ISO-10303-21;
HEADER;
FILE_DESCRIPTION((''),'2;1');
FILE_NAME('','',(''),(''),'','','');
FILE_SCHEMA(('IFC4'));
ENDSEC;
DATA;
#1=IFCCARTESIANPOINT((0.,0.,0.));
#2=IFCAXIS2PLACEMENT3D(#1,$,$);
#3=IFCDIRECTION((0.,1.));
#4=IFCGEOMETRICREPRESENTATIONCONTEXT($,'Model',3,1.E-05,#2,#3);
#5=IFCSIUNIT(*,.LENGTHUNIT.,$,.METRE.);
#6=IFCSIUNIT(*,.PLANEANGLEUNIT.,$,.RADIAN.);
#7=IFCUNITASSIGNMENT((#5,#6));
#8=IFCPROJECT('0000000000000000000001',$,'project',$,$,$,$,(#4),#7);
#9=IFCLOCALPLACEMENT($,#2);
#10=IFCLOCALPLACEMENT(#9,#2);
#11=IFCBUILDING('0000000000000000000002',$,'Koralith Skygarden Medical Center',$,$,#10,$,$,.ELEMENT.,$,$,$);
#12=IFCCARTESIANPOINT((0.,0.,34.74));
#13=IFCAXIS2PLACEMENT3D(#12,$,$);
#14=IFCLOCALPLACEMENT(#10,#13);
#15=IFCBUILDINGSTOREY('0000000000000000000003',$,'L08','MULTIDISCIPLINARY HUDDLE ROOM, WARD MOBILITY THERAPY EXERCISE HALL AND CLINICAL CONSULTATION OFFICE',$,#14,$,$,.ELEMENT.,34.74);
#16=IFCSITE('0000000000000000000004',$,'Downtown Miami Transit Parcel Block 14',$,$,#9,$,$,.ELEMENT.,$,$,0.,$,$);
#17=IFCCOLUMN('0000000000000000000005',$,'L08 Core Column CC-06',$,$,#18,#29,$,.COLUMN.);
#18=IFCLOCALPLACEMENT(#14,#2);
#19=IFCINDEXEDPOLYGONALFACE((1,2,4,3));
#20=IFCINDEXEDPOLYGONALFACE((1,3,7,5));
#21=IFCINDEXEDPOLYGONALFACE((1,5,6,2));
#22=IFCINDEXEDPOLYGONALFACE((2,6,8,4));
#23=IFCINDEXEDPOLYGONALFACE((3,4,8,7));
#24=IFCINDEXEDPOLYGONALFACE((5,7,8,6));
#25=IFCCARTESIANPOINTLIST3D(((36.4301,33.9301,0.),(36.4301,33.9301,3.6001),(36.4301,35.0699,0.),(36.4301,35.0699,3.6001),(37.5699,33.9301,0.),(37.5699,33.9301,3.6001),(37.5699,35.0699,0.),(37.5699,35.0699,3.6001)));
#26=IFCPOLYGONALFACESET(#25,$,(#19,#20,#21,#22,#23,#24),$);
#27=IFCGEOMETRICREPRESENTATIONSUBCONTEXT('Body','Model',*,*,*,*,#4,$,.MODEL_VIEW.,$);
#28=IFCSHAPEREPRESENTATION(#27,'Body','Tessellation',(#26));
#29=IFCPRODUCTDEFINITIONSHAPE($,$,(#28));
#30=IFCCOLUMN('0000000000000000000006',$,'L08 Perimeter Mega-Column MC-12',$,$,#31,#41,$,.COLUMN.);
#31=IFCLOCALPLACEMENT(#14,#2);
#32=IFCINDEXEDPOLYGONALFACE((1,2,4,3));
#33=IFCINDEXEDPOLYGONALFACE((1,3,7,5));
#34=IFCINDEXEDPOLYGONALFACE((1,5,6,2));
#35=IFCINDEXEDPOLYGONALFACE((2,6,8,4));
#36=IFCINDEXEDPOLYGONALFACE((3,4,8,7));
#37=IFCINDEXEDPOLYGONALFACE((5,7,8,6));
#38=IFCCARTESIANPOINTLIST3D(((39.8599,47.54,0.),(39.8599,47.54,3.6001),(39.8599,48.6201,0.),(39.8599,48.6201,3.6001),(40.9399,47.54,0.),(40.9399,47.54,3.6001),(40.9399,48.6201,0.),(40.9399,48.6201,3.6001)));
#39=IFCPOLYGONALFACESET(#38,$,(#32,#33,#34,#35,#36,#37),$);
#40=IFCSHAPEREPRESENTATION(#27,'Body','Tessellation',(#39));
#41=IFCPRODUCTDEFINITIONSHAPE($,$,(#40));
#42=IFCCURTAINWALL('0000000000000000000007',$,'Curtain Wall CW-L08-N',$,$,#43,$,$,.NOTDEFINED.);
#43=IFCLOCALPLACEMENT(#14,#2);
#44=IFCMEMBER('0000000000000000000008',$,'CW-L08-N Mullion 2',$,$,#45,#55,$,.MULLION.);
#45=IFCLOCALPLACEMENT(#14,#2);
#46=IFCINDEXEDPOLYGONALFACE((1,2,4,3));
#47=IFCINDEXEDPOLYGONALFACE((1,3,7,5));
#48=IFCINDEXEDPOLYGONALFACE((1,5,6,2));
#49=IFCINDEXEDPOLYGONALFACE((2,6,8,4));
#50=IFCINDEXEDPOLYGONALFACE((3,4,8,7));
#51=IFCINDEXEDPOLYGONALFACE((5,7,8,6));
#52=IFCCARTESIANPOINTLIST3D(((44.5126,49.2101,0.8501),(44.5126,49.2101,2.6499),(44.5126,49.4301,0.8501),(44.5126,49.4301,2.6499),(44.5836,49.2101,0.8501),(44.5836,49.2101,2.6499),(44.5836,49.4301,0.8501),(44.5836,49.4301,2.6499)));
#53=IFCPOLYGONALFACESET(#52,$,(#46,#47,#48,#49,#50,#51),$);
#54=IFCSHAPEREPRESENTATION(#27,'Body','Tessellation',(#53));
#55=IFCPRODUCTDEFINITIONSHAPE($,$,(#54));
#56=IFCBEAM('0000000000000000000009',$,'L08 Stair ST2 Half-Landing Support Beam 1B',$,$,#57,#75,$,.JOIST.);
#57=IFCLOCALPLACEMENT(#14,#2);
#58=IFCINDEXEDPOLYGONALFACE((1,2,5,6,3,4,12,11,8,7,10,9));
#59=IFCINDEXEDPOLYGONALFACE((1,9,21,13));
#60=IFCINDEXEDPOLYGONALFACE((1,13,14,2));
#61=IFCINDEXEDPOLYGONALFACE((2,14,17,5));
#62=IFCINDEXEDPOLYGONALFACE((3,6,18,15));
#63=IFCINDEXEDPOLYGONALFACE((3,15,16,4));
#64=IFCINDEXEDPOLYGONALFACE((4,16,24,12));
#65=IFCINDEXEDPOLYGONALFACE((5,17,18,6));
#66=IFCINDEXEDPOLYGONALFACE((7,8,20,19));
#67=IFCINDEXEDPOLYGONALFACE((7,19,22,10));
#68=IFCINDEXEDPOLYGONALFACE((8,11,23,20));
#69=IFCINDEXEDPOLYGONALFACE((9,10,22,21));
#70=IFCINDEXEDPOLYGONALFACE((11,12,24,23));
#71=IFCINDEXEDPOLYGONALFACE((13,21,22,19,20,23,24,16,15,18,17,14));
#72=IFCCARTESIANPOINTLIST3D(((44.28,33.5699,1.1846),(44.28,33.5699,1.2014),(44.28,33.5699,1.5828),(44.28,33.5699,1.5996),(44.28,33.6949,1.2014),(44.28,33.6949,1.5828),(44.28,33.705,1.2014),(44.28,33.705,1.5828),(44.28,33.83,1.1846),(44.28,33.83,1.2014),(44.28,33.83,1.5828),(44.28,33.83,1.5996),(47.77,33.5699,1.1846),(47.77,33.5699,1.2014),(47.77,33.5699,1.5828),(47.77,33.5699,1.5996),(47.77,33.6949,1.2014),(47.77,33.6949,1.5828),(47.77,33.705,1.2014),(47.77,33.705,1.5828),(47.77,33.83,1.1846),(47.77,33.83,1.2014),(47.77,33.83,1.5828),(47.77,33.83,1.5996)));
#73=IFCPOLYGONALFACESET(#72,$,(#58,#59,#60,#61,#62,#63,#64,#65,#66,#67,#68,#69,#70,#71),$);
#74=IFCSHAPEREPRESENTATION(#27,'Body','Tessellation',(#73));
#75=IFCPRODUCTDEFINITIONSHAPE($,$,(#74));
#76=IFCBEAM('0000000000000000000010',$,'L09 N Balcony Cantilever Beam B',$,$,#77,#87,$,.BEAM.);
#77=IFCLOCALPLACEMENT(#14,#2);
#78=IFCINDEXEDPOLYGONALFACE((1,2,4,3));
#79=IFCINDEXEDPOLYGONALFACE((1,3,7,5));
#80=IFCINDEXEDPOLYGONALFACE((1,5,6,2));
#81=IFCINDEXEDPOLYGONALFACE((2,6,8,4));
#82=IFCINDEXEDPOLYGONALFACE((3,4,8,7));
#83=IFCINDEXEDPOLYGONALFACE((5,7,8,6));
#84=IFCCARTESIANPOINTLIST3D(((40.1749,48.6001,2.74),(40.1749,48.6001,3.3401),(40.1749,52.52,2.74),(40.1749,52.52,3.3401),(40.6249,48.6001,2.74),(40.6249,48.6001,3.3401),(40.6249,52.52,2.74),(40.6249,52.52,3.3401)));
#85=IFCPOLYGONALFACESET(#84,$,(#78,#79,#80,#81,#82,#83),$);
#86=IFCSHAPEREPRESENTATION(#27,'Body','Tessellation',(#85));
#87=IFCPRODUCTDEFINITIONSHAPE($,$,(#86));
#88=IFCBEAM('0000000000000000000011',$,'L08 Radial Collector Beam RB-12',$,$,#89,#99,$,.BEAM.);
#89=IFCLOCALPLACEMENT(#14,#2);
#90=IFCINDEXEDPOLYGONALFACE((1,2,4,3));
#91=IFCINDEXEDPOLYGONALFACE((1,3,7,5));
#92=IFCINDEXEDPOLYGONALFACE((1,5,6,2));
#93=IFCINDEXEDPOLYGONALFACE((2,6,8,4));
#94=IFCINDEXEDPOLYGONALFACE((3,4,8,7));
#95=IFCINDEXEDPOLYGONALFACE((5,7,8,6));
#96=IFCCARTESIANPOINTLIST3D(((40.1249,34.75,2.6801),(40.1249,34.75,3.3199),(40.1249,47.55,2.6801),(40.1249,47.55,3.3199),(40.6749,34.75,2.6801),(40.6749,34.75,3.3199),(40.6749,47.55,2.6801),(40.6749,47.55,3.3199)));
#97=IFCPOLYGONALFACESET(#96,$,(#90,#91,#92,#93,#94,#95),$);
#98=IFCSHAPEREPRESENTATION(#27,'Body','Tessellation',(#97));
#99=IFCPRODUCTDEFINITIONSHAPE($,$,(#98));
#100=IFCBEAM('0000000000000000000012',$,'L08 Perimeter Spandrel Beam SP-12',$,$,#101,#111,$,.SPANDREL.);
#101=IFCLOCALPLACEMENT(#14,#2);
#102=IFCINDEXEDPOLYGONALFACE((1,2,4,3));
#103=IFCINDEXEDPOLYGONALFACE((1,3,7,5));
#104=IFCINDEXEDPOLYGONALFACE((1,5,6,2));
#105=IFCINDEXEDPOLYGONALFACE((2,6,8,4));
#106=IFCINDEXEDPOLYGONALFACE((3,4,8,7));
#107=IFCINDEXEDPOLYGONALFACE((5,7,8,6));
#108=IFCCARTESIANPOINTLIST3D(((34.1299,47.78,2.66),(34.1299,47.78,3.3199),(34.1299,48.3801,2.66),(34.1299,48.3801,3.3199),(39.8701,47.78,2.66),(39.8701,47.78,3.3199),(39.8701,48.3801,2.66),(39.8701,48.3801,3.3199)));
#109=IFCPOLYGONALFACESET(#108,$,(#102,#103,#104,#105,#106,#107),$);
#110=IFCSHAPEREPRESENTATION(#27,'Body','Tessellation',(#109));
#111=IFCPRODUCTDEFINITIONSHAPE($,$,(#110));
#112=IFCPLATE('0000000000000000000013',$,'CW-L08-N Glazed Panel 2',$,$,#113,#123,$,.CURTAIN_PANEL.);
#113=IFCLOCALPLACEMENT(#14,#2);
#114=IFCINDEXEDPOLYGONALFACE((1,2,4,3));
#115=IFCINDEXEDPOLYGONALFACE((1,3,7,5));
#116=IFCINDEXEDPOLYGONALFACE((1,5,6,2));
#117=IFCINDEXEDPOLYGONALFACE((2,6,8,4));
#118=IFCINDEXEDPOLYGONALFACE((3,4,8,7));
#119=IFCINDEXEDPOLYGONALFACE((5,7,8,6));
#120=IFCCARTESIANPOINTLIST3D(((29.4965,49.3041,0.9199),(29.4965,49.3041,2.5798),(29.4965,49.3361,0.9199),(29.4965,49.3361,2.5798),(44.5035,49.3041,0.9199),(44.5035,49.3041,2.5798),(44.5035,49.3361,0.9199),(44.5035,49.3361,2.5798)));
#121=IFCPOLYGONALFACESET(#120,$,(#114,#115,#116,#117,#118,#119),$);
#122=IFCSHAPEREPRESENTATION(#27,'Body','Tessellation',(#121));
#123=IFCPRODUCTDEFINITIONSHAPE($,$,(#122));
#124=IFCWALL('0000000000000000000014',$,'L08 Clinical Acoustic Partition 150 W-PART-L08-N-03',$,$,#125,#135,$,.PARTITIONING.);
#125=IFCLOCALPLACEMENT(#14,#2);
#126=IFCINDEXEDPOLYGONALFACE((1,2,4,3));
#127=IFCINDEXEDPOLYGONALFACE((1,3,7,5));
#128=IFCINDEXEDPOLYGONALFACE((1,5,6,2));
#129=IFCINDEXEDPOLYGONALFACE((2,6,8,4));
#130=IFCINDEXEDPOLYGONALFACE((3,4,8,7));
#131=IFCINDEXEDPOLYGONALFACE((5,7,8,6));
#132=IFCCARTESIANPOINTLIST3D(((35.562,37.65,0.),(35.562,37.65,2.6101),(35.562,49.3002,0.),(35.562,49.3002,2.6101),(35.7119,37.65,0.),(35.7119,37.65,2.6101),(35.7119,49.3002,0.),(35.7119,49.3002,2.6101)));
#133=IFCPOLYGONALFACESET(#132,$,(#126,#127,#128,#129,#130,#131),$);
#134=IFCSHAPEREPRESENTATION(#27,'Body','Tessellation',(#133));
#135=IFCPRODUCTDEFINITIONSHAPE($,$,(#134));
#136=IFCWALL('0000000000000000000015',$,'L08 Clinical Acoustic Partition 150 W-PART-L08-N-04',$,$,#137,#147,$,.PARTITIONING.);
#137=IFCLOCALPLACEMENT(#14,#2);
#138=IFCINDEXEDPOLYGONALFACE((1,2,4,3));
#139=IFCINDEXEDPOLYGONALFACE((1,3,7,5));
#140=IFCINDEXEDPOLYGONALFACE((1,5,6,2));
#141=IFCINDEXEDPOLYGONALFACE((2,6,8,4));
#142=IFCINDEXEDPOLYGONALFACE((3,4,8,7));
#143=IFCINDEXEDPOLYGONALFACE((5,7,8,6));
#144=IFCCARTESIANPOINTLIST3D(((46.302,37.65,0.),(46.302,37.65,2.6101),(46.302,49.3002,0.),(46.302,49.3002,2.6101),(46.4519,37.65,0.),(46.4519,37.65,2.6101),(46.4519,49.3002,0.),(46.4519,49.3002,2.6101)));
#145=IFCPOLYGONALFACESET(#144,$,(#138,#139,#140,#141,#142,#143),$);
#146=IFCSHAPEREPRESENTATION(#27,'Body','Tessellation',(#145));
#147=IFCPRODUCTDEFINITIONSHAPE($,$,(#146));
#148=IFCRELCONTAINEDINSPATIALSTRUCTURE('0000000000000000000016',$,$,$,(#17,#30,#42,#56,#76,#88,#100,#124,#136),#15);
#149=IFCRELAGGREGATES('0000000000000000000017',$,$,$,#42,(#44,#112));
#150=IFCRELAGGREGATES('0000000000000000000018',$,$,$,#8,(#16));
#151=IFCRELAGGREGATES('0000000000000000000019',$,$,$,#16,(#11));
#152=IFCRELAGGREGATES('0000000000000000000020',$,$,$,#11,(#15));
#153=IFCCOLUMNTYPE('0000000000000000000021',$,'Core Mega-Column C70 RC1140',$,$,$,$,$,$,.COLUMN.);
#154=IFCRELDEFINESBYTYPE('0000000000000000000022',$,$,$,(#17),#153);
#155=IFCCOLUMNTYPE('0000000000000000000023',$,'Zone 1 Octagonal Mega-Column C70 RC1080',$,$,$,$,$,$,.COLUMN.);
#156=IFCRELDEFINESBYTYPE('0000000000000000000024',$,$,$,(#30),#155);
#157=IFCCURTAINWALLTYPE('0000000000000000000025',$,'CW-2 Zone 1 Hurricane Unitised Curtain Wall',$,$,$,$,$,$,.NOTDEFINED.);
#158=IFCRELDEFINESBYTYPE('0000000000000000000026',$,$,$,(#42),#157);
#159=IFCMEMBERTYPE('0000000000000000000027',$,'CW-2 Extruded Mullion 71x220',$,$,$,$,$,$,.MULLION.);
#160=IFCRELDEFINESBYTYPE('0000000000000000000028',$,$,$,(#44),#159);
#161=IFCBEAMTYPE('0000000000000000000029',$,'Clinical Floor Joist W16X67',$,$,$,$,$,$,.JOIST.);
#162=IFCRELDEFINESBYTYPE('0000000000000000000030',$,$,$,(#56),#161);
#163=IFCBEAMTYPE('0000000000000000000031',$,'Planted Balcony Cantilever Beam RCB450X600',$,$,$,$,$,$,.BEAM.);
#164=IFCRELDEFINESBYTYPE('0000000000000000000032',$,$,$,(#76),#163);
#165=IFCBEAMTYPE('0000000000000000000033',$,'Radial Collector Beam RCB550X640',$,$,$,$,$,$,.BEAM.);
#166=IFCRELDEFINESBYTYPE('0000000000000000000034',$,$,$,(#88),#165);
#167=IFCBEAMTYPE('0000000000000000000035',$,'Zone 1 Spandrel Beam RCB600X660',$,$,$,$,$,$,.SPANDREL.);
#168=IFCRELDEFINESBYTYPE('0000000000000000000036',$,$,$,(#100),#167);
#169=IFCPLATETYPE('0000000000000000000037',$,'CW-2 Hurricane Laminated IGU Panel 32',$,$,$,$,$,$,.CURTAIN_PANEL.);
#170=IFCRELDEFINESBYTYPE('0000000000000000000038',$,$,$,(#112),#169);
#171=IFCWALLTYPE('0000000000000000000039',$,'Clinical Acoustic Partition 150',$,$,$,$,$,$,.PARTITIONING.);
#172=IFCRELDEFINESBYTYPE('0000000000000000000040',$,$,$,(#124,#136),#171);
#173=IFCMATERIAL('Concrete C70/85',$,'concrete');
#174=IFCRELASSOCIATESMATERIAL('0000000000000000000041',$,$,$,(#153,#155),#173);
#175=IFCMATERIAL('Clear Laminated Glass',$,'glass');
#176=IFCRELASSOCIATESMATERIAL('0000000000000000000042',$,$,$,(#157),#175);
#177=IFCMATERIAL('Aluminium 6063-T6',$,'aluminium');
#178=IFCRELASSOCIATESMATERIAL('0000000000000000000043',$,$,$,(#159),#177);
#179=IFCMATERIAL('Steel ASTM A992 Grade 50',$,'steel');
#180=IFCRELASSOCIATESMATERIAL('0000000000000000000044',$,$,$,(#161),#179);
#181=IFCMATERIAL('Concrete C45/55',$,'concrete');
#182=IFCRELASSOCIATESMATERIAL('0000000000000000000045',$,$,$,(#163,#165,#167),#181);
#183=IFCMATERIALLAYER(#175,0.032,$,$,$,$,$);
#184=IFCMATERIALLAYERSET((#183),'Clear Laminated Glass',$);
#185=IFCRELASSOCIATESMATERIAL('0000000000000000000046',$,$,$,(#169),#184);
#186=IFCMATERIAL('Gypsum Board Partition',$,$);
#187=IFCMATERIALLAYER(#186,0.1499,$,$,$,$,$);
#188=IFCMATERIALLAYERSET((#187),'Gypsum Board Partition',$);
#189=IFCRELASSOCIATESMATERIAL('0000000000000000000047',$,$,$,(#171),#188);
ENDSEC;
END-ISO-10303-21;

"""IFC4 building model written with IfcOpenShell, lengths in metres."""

from ifc_helpers import new_model, si_unit, direction, frame, frame_2d, origin, origin_2d, place, context, subcontext, project, spatial, rectangle, i_section, extrude, material, layer, layer_set, material_profile, profile_set, type_object, element, aggregate, save


model = new_model("IFC4")

# Units and contexts
model_context = context("Model", 3, precision=1e-05, world=origin(), true_north=direction((0.0, 1.0)))
body_context = subcontext(model_context, "Body", "Model", "MODEL_VIEW")
ifc_project = project(units=[si_unit("LENGTHUNIT", "METRE"), si_unit("PLANEANGLEUNIT", "RADIAN")], contexts=[model_context])

# Site, building, storey
site_placement = place(None, origin())
site = spatial("IfcSite", under=ifc_project, at=site_placement, Name="Downtown Miami Transit Parcel Block 14", CompositionType="ELEMENT", RefElevation=0.0)
building_placement = place(site_placement, origin())
building = spatial("IfcBuilding", under=site, at=building_placement, Name="Koralith Skygarden Medical Center", CompositionType="ELEMENT")
storey_placement = place(building_placement, frame((0.0, 0.0, 34.74)))
storey = spatial("IfcBuildingStorey", under=building, at=storey_placement, Name="L08", Description="MULTIDISCIPLINARY HUDDLE ROOM, WARD MOBILITY THERAPY EXERCISE HALL AND CLINICAL CONSULTATION OFFICE", CompositionType="ELEMENT", Elevation=34.74)

# Columns
ifc_material_1 = material(Name="Concrete C70/85", Category="concrete")
ifc_material_profile_1 = material_profile(ifc_material_1, rectangle(XDim=1.1399, YDim=1.1399, at=origin_2d()), Name="RC1140X1140")
ifc_profile_set_1 = profile_set([ifc_material_profile_1], Name="Concrete C70/85")
column_type_1 = type_object("IfcColumnType", Name="Core Mega-Column C70 RC1140", PredefinedType="COLUMN", material=ifc_profile_set_1)
column_1_placement = place(storey_placement, frame((37.0, 34.5, 0.0), z_axis=(0.0, 0.0, 1.0), x_axis=(1.0, 0.0, 0.0)))
element("IfcColumn", 1, at=column_1_placement, inside=storey, type_object=column_type_1, Name="L08 Core Column CC-06", PredefinedType="COLUMN", context=body_context, shape_type="SweptSolid", body=[
    extrude(rectangle(XDim=1.1399, YDim=1.1399, at=origin_2d()), origin(), (0.0, 0.0, 1.0), 3.6001),
])
ifc_material_profile_2 = material_profile(ifc_material_1, rectangle(XDim=1.0801, YDim=1.0801, at=origin_2d()), Name="RC1080X1080")
ifc_profile_set_2 = profile_set([ifc_material_profile_2], Name="Concrete C70/85")
column_type_2 = type_object("IfcColumnType", Name="Zone 1 Octagonal Mega-Column C70 RC1080", PredefinedType="COLUMN", material=ifc_profile_set_2)
column_2_placement = place(storey_placement, frame((40.3999, 48.0801, 0.0), z_axis=(0.0, 0.0, 1.0), x_axis=(1.0, 0.0, 0.0)))
element("IfcColumn", 2, at=column_2_placement, inside=storey, type_object=column_type_2, Name="L08 Perimeter Mega-Column MC-12", PredefinedType="COLUMN", context=body_context, shape_type="SweptSolid", body=[
    extrude(rectangle(XDim=1.0801, YDim=1.0801, at=origin_2d()), origin(), (0.0, 0.0, 1.0), 3.6001),
])

# Curtain wall, member
ifc_material_2 = material(Name="Clear Laminated Glass", Category="glass")
curtain_wall_type = type_object("IfcCurtainWallType", Name="CW-2 Zone 1 Hurricane Unitised Curtain Wall", PredefinedType="NOTDEFINED", material=ifc_material_2)
curtain_wall_placement = place(storey_placement, origin())
curtain_wall = element("IfcCurtainWall", 3, at=curtain_wall_placement, inside=storey, type_object=curtain_wall_type, Name="Curtain Wall CW-L08-N", PredefinedType="NOTDEFINED")
ifc_material_3 = material(Name="Aluminium 6063-T6", Category="aluminium")
ifc_material_profile_3 = material_profile(ifc_material_3, rectangle(XDim=0.071, YDim=0.22, at=origin_2d()), Name="MUL71X220")
ifc_profile_set_3 = profile_set([ifc_material_profile_3], Name="Aluminium 6063-T6")
member_type = type_object("IfcMemberType", Name="CW-2 Extruded Mullion 71x220", PredefinedType="MULLION", material=ifc_profile_set_3)
member_placement = place(storey_placement, frame((44.5481, 49.3201, 0.8501), z_axis=(0.0, 0.0, 1.0), x_axis=(1.0, 0.0, 0.0)))
member = element("IfcMember", 4, at=member_placement, type_object=member_type, Name="CW-L08-N Mullion 2", PredefinedType="MULLION", context=body_context, shape_type="SweptSolid", body=[
    extrude(rectangle(XDim=0.071, YDim=0.22, at=origin_2d()), origin(), (0.0, 0.0, 1.0), 1.7998),
])

# Beams
ifc_material_4 = material(Name="Steel ASTM A992 Grade 50", Category="steel")
ifc_material_profile_4 = material_profile(ifc_material_4, i_section(OverallWidth=0.26, OverallDepth=0.415, WebThickness=0.01, FlangeThickness=0.0168, at=origin_2d()), Name="W16X67")
ifc_profile_set_4 = profile_set([ifc_material_profile_4], Name="Steel ASTM A992 Grade 50")
beam_type_1 = type_object("IfcBeamType", Name="Clinical Floor Joist W16X67", PredefinedType="JOIST", material=ifc_profile_set_4)
beam_1_placement = place(storey_placement, frame((44.28, 33.7, 1.3921), z_axis=(1.0, 0.0, 0.0), x_axis=(0.0, 1.0, 0.0)))
element("IfcBeam", 5, at=beam_1_placement, inside=storey, type_object=beam_type_1, Name="L08 Stair ST2 Half-Landing Support Beam 1B", PredefinedType="JOIST", context=body_context, shape_type="SweptSolid", body=[
    extrude(i_section(OverallWidth=0.26, OverallDepth=0.415, WebThickness=0.01, FlangeThickness=0.0168, at=origin_2d()), origin(), (0.0, 0.0, 1.0), 3.49),
])
ifc_material_5 = material(Name="Concrete C45/55", Category="concrete")
ifc_material_profile_5 = material_profile(ifc_material_5, rectangle(XDim=0.45, YDim=0.6001, at=origin_2d()), Name="RCB450X600")
ifc_profile_set_5 = profile_set([ifc_material_profile_5], Name="Concrete C45/55")
beam_type_2 = type_object("IfcBeamType", Name="Planted Balcony Cantilever Beam RCB450X600", PredefinedType="BEAM", material=ifc_profile_set_5)
beam_2_placement = place(storey_placement, frame((40.3999, 48.6001, 3.04), z_axis=(0.0, 1.0, 0.0), x_axis=(-1.0, 0.0, 0.0)))
element("IfcBeam", 6, at=beam_2_placement, inside=storey, type_object=beam_type_2, Name="L09 N Balcony Cantilever Beam B", PredefinedType="BEAM", context=body_context, shape_type="SweptSolid", body=[
    extrude(rectangle(XDim=0.45, YDim=0.6001, at=origin_2d()), origin(), (0.0, 0.0, 1.0), 3.9199),
])
ifc_material_profile_6 = material_profile(ifc_material_5, rectangle(XDim=0.55, YDim=0.6399, at=origin_2d()), Name="RCB550X640")
ifc_profile_set_6 = profile_set([ifc_material_profile_6], Name="Concrete C45/55")
beam_type_3 = type_object("IfcBeamType", Name="Radial Collector Beam RCB550X640", PredefinedType="BEAM", material=ifc_profile_set_6)
beam_3_placement = place(storey_placement, frame((40.3999, 34.75, 3.0), z_axis=(0.0, 1.0, 0.0), x_axis=(-1.0, 0.0, 0.0)))
element("IfcBeam", 7, at=beam_3_placement, inside=storey, type_object=beam_type_3, Name="L08 Radial Collector Beam RB-12", PredefinedType="BEAM", context=body_context, shape_type="SweptSolid", body=[
    extrude(rectangle(XDim=0.55, YDim=0.6399, at=origin_2d()), origin(), (0.0, 0.0, 1.0), 12.8),
])
ifc_material_profile_7 = material_profile(ifc_material_5, rectangle(XDim=0.6001, YDim=0.6599, at=origin_2d()), Name="RCB600X660")
ifc_profile_set_7 = profile_set([ifc_material_profile_7], Name="Concrete C45/55")
beam_type_4 = type_object("IfcBeamType", Name="Zone 1 Spandrel Beam RCB600X660", PredefinedType="SPANDREL", material=ifc_profile_set_7)
beam_4_placement = place(storey_placement, frame((39.8701, 48.0801, 2.99), z_axis=(-1.0, 0.0, 0.0), x_axis=(0.0, -1.0, 0.0)))
element("IfcBeam", 8, at=beam_4_placement, inside=storey, type_object=beam_type_4, Name="L08 Perimeter Spandrel Beam SP-12", PredefinedType="SPANDREL", context=body_context, shape_type="SweptSolid", body=[
    extrude(rectangle(XDim=0.6001, YDim=0.6599, at=origin_2d()), origin(), (0.0, 0.0, 1.0), 5.7402),
])

# Plate
ifc_layer_1 = layer(ifc_material_2, 0.032)
ifc_layer_set_1 = layer_set([ifc_layer_1], Name="Clear Laminated Glass")
plate_type = type_object("IfcPlateType", Name="CW-2 Hurricane Laminated IGU Panel 32", PredefinedType="CURTAIN_PANEL", material=ifc_layer_set_1)
plate_placement = place(storey_placement, frame((37.0, 49.3201, 0.9199), z_axis=(0.0, 0.0, 1.0), x_axis=(-1.0, 0.0, 0.0)))
plate = element("IfcPlate", 9, at=plate_placement, type_object=plate_type, Name="CW-L08-N Glazed Panel 2", PredefinedType="CURTAIN_PANEL", context=body_context, shape_type="SweptSolid", body=[
    extrude(rectangle(XDim=15.0071, YDim=0.032, at=origin_2d()), origin(), (0.0, 0.0, 1.0), 1.6599),
])
aggregate(curtain_wall, [member, plate])

# Walls
ifc_material_6 = material(Name="Gypsum Board Partition")
ifc_layer_2 = layer(ifc_material_6, 0.1499)
ifc_layer_set_2 = layer_set([ifc_layer_2], Name="Gypsum Board Partition")
wall_type_1 = type_object("IfcWallType", Name="Clinical Acoustic Partition 150", PredefinedType="PARTITIONING", material=ifc_layer_set_2)
for number, where, z_axis, x_axis, name in (
    (10, (35.637, 37.6499, 0.0), (0.0, 0.0, 1.0), (0.0, 1.0, 0.0), "L08 Clinical Acoustic Partition 150 W-PART-L08-N-03"),
    (11, (46.377, 37.6499, 0.0), (0.0, 0.0, 1.0), (0.0, 1.0, 0.0), "L08 Clinical Acoustic Partition 150 W-PART-L08-N-04"),
):
    element("IfcWall", number, at=place(storey_placement, frame(where, z_axis=z_axis, x_axis=x_axis)), inside=storey, type_object=wall_type_1, Name=name, PredefinedType="PARTITIONING", context=body_context, shape_type="SweptSolid", body=[
        extrude(rectangle(XDim=11.6501, YDim=0.1499, at=frame_2d((5.8252, 0.0))), origin(), (0.0, 0.0, 1.0), 2.6101),
    ])

save(model, "model.ifc")
